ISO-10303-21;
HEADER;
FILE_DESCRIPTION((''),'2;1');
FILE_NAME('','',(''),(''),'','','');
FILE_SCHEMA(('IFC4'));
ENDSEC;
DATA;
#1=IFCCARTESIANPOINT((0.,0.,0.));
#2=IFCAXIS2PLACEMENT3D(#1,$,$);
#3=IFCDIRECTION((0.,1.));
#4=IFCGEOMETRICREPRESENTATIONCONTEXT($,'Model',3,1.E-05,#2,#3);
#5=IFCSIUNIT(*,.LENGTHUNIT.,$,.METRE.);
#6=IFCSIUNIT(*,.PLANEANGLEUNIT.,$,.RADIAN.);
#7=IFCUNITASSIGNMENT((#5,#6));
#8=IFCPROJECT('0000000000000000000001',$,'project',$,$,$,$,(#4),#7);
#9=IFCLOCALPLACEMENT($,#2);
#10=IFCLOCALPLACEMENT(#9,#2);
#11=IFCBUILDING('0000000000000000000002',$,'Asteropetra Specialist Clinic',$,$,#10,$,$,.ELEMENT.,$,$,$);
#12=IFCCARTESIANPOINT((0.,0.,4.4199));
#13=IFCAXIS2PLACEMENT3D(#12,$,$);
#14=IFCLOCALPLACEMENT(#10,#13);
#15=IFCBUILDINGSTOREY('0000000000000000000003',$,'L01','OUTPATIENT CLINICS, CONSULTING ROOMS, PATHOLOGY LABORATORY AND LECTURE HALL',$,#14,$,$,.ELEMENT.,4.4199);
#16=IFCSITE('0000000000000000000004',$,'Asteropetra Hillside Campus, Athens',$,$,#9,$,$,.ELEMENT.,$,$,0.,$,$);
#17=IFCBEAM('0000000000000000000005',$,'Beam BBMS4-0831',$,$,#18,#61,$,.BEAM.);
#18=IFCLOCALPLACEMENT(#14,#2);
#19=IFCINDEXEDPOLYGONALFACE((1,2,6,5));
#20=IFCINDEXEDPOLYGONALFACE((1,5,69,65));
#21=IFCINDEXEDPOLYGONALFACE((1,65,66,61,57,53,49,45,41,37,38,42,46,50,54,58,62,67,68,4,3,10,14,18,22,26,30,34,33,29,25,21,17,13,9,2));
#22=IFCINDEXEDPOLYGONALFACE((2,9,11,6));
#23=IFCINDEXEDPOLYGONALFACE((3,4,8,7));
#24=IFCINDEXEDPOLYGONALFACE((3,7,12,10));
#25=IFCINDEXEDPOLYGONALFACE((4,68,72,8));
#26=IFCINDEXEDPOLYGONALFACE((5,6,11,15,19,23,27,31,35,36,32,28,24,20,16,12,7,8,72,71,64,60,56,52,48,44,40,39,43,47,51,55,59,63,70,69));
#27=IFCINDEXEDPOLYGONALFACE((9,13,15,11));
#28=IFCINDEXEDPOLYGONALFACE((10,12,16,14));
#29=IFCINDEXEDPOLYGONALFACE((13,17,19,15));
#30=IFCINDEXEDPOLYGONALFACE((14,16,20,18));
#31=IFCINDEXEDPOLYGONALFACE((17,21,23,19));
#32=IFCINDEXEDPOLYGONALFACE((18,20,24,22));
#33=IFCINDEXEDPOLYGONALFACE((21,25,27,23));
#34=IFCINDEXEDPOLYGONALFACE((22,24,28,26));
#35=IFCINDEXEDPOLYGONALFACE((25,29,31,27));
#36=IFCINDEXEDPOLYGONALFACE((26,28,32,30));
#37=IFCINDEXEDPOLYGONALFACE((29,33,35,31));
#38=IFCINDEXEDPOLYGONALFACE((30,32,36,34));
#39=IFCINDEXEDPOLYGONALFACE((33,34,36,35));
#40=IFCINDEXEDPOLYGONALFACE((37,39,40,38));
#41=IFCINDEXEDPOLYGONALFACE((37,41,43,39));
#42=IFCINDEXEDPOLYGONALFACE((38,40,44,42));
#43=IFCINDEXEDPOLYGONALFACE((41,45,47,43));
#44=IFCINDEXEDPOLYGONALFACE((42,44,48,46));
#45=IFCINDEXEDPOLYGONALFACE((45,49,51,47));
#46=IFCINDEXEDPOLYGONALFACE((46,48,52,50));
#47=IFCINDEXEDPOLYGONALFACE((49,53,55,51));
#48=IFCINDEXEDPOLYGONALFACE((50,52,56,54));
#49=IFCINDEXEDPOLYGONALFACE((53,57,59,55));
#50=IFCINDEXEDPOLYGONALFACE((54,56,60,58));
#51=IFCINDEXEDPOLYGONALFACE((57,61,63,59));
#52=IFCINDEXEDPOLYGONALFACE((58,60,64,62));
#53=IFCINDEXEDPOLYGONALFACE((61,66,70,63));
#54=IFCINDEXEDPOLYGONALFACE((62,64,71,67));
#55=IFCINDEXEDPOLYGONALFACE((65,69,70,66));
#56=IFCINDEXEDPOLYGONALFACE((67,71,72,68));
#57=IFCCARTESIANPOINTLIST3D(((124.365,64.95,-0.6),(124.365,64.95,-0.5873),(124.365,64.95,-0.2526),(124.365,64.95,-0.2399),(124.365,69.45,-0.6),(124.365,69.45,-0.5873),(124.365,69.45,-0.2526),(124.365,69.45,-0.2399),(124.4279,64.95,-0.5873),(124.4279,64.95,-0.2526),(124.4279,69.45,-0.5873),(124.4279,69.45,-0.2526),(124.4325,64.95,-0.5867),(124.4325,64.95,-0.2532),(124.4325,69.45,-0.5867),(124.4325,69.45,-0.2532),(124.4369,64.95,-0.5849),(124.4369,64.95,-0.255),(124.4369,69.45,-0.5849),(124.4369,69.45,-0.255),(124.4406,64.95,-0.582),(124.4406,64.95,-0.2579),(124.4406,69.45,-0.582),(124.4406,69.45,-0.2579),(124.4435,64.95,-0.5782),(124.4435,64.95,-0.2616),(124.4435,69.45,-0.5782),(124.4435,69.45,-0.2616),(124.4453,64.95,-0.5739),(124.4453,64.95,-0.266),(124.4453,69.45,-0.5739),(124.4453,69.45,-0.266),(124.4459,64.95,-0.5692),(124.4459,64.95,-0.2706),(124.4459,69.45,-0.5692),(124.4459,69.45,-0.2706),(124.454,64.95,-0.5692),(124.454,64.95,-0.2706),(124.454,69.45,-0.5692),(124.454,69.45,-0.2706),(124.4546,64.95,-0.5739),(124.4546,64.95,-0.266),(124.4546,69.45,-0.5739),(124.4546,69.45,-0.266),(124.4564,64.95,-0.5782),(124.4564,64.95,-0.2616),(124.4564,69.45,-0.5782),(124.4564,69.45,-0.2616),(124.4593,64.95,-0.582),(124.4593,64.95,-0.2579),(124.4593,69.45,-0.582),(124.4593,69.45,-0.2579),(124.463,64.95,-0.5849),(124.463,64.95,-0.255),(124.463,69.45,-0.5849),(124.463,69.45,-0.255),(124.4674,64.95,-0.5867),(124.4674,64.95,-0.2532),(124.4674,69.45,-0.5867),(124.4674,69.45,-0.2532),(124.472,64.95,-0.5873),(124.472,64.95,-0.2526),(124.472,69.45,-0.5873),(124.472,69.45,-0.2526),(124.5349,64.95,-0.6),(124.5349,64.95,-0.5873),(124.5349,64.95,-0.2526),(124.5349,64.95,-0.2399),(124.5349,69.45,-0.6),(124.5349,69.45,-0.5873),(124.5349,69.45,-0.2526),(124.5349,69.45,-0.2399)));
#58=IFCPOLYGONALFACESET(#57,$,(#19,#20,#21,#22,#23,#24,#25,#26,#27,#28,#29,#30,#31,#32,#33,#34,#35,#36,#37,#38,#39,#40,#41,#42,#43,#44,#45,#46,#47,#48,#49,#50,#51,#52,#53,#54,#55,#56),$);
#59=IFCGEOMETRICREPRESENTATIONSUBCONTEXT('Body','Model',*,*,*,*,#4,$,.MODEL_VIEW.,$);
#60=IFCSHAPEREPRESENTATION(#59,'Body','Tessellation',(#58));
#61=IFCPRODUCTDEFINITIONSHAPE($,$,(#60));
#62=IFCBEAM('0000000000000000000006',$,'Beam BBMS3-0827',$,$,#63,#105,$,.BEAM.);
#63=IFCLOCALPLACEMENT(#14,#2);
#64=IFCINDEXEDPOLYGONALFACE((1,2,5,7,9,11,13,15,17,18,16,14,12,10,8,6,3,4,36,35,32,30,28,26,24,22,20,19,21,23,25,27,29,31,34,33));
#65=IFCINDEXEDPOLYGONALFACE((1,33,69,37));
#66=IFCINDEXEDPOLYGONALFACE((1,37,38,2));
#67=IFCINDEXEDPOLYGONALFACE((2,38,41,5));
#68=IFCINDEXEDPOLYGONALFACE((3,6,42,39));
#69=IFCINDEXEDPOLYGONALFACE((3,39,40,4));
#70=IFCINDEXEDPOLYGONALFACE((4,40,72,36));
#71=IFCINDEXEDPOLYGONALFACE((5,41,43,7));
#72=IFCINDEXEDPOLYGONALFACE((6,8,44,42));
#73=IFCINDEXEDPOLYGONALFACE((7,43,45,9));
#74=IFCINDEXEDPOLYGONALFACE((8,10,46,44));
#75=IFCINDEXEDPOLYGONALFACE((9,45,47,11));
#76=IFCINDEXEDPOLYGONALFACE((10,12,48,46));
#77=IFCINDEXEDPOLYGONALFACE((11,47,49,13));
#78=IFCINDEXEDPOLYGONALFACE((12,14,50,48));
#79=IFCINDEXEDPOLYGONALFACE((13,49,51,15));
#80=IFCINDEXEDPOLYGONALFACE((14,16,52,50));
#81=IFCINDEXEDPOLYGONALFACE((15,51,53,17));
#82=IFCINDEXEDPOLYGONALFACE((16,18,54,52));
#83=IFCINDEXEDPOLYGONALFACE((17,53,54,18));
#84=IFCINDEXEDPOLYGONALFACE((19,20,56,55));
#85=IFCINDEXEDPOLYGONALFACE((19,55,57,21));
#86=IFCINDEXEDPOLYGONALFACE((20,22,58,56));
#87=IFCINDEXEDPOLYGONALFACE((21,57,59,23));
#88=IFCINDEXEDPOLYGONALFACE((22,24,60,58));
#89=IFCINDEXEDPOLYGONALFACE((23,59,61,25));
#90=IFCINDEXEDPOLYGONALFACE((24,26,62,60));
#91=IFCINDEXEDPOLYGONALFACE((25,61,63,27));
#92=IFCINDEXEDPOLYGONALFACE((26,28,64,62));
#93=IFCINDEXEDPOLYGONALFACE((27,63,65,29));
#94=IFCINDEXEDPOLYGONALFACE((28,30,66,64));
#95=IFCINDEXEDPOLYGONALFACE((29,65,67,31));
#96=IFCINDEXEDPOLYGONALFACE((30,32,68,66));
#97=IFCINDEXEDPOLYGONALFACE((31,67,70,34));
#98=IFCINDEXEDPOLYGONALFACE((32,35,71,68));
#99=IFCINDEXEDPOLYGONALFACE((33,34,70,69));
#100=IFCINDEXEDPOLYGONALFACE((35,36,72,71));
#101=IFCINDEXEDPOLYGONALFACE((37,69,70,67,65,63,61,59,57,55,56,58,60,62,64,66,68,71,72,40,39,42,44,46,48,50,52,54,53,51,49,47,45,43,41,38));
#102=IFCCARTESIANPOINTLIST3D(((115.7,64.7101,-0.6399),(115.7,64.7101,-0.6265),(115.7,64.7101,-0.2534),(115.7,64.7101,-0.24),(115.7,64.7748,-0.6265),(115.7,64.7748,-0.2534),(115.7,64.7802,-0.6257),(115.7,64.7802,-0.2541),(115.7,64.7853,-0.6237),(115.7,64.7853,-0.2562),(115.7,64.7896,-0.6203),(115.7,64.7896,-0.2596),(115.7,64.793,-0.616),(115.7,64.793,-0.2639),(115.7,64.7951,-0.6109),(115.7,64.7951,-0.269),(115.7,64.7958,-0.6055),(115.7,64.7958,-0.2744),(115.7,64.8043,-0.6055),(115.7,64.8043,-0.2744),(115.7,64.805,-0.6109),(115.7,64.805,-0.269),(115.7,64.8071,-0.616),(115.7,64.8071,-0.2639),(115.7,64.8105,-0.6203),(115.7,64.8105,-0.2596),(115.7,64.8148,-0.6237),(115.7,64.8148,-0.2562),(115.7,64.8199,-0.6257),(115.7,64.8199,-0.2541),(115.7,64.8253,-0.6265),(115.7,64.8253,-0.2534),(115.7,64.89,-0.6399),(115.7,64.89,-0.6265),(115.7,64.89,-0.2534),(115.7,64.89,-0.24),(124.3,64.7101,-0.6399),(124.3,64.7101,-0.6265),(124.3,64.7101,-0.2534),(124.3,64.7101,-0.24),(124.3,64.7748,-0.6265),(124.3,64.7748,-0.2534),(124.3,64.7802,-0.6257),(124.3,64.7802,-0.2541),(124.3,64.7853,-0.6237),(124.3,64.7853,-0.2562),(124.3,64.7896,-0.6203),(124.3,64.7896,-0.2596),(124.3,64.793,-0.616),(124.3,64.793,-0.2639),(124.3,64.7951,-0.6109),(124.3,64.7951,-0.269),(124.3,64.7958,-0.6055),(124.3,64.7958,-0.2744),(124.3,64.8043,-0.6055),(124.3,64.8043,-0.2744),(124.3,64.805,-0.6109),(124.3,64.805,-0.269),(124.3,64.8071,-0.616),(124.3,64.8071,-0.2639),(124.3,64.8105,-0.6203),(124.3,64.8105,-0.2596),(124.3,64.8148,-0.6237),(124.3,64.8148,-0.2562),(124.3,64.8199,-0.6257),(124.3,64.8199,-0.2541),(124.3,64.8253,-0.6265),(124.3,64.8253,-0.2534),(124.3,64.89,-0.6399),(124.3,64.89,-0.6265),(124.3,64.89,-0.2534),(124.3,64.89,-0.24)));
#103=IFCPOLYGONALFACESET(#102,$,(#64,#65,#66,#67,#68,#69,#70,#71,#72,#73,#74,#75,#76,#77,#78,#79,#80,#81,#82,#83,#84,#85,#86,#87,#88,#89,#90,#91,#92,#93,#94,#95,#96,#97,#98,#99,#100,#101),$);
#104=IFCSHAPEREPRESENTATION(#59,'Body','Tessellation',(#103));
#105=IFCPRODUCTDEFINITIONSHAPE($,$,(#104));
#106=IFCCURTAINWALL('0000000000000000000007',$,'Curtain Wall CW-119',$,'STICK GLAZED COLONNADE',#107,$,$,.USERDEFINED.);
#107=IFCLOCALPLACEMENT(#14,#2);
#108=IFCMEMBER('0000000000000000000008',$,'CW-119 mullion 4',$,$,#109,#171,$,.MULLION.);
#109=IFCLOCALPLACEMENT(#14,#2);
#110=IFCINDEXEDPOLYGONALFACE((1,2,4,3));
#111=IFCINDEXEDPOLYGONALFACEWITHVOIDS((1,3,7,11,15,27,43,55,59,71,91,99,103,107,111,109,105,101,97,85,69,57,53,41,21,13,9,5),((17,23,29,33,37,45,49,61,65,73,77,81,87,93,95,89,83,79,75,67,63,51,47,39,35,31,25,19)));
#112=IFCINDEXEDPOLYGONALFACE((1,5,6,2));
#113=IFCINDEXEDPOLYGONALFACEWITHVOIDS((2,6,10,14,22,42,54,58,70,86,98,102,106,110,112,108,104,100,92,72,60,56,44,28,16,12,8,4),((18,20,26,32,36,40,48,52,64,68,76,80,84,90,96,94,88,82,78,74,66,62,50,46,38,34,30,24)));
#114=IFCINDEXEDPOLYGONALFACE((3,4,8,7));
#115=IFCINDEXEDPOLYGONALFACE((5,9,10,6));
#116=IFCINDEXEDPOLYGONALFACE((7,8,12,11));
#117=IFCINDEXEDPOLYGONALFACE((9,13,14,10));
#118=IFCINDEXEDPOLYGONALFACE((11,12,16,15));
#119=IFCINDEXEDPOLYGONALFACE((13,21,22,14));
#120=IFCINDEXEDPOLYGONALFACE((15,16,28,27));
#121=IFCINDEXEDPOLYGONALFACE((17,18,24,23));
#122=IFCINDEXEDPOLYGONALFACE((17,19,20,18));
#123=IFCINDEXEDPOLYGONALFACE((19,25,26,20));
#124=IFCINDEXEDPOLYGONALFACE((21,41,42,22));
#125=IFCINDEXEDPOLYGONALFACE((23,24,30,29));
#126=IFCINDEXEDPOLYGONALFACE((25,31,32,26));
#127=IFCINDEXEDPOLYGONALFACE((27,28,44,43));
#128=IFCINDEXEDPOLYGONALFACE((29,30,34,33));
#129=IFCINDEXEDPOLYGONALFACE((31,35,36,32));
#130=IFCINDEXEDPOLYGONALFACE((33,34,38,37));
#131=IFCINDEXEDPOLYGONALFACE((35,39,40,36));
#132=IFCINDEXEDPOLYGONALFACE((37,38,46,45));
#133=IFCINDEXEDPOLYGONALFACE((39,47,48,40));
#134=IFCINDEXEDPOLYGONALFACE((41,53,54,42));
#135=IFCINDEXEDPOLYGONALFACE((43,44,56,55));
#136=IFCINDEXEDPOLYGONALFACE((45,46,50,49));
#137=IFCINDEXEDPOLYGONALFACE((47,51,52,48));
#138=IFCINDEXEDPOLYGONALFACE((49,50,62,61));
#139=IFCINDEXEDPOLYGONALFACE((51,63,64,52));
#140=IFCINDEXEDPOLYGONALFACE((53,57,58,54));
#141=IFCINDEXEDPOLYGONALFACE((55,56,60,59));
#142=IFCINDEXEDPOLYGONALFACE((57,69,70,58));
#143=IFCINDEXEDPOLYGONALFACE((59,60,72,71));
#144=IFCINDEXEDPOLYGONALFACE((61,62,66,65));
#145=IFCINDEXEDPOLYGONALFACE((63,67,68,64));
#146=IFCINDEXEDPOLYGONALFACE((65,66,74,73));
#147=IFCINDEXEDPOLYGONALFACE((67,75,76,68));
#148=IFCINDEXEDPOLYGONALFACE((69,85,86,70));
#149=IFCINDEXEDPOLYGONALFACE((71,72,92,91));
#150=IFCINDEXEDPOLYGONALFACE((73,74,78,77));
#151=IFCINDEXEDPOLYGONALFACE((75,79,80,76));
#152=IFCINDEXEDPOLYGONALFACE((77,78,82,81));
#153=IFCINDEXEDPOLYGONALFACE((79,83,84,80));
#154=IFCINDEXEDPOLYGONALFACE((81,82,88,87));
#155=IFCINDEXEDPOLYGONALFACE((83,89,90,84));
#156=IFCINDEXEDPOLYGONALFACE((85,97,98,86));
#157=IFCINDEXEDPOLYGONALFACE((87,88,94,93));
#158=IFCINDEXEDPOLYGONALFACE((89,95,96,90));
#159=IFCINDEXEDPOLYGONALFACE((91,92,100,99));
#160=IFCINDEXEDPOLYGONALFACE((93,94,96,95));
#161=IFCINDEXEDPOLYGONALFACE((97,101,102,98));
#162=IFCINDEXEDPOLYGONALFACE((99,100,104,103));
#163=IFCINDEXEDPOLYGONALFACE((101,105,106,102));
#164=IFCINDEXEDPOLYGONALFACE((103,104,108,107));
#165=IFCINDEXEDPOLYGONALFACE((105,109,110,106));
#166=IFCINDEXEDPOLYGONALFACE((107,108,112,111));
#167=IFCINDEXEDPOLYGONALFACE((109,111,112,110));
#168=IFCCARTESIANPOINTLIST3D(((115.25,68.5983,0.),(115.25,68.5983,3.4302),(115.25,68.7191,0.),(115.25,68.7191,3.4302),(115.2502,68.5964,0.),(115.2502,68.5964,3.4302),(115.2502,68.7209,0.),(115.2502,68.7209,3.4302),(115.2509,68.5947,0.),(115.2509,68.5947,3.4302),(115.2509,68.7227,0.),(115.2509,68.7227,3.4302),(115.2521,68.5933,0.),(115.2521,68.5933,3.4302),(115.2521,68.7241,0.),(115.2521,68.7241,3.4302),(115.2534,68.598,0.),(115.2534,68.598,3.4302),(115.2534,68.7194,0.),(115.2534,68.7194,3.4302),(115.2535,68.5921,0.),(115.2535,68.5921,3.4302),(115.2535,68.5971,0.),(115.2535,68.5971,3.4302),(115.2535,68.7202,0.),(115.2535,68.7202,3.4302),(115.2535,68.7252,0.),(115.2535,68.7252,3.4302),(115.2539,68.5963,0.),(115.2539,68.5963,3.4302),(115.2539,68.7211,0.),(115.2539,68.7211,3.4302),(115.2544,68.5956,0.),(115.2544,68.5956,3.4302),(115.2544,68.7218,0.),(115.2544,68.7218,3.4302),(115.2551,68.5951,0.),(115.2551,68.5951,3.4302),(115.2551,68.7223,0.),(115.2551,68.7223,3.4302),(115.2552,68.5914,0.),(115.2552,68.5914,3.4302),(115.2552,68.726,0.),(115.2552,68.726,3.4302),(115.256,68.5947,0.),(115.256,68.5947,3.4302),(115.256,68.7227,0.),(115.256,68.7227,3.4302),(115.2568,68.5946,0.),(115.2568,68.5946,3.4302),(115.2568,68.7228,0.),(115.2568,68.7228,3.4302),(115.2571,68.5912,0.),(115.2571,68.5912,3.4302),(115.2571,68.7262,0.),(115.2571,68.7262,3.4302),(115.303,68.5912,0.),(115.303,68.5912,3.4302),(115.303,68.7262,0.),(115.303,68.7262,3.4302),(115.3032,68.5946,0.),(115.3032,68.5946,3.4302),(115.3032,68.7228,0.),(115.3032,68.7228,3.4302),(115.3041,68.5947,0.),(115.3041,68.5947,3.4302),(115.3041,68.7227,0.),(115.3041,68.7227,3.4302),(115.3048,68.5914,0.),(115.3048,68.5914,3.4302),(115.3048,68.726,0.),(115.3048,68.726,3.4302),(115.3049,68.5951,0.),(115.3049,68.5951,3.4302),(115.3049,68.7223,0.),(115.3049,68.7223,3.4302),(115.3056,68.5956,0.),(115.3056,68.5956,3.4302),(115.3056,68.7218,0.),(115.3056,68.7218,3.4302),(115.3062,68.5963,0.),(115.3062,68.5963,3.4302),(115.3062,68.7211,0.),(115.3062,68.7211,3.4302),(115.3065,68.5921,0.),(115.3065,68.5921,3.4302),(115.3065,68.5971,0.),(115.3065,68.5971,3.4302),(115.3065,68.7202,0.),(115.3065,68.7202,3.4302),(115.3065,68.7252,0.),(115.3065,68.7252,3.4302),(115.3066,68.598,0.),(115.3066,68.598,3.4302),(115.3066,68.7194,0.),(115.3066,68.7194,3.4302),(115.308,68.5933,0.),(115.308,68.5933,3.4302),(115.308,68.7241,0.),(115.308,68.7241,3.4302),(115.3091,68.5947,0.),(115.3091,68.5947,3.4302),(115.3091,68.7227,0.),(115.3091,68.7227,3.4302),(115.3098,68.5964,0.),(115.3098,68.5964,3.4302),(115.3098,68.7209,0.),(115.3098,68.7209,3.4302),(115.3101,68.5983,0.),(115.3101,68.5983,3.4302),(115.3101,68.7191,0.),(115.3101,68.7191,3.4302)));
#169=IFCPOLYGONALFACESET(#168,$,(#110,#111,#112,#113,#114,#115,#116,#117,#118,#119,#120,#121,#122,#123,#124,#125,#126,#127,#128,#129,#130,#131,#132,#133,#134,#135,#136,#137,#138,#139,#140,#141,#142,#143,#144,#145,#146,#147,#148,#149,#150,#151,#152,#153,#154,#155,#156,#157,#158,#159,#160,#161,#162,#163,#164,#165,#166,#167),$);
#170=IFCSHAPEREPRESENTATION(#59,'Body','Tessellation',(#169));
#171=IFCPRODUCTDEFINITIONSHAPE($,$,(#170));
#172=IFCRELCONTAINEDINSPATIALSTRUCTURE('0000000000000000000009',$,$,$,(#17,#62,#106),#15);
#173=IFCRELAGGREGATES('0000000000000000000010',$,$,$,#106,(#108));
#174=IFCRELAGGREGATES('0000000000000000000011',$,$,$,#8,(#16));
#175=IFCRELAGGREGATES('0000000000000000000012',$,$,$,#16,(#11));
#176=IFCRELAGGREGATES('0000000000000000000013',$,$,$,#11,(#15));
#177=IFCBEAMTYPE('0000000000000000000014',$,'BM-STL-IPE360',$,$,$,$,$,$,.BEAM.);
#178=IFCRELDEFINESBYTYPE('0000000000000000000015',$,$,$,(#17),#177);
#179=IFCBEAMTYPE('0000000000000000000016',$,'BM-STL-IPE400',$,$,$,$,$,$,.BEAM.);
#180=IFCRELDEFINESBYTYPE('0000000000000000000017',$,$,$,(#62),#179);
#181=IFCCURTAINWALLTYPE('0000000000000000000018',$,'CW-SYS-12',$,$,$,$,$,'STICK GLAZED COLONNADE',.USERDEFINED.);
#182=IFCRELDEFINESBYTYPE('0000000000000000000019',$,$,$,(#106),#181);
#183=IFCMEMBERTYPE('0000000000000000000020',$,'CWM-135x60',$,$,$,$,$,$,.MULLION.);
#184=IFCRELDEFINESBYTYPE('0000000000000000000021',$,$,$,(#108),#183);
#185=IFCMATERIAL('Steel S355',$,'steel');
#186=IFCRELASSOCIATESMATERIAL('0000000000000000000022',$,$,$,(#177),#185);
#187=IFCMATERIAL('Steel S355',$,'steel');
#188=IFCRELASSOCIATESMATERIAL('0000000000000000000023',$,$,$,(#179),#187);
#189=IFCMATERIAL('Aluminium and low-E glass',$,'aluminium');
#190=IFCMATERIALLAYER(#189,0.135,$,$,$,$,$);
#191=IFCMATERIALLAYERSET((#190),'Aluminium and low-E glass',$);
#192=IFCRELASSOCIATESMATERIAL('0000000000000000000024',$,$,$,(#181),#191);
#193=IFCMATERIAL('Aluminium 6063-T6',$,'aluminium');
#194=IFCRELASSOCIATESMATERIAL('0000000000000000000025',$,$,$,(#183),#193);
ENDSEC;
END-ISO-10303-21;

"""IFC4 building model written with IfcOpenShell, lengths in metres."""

from ifc_helpers import new_model, si_unit, direction, frame, origin, origin_2d, place, context, subcontext, project, spatial, hollow_rectangle, i_section, extrude, material, layer, layer_set, material_profile, profile_set, type_object, element, aggregate, save


model = new_model("IFC4")

# Units and contexts
model_context = context("Model", 3, precision=1e-05, world=origin(), true_north=direction((0.0, 1.0)))
body_context = subcontext(model_context, "Body", "Model", "MODEL_VIEW")
ifc_project = project(units=[si_unit("LENGTHUNIT", "METRE"), si_unit("PLANEANGLEUNIT", "RADIAN")], contexts=[model_context])

# Site, building, storey
site_placement = place(None, origin())
site = spatial("IfcSite", under=ifc_project, at=site_placement, Name="Asteropetra Hillside Campus, Athens", CompositionType="ELEMENT", RefElevation=0.0)
building_placement = place(site_placement, origin())
building = spatial("IfcBuilding", under=site, at=building_placement, Name="Asteropetra Specialist Clinic", CompositionType="ELEMENT")
storey_placement = place(building_placement, frame((0.0, 0.0, 4.4199)))
storey = spatial("IfcBuildingStorey", under=building, at=storey_placement, Name="L01", Description="OUTPATIENT CLINICS, CONSULTING ROOMS, PATHOLOGY LABORATORY AND LECTURE HALL", CompositionType="ELEMENT", Elevation=4.4199)

# Beams
ifc_material_1 = material(Name="Steel S355", Category="steel")
ifc_material_profile_1 = material_profile(ifc_material_1, i_section(OverallWidth=0.1699, OverallDepth=0.3601, WebThickness=0.0081, FlangeThickness=0.0127, FilletRadius=0.0181, at=origin_2d()), Name="IPE 360")
ifc_profile_set_1 = profile_set([ifc_material_profile_1], Name="Steel S355")
beam_type_1 = type_object("IfcBeamType", Name="BM-STL-IPE360", PredefinedType="BEAM", material=ifc_profile_set_1)
for number, where, z_axis, x_axis, name in (
    (1, (124.45, 64.95, -0.4199), (0.0, 1.0, 0.0), (-1.0, 0.0, 0.0), "Beam BBMS4-0831"),
):
    element("IfcBeam", number, at=place(storey_placement, frame(where, z_axis=z_axis, x_axis=x_axis)), inside=storey, type_object=beam_type_1, Name=name, PredefinedType="BEAM", context=body_context, shape_type="SweptSolid", body=[
        extrude(i_section(OverallWidth=0.1699, OverallDepth=0.3601, WebThickness=0.0081, FlangeThickness=0.0127, FilletRadius=0.0181, at=origin_2d()), origin(), (0.0, 0.0, 1.0), 4.5),
    ])
ifc_material_2 = material(Name="Steel S355", Category="steel")
ifc_material_profile_2 = material_profile(ifc_material_2, i_section(OverallWidth=0.1799, OverallDepth=0.3999, WebThickness=0.0085, FlangeThickness=0.0134, FilletRadius=0.021, at=origin_2d()), Name="IPE 400")
ifc_profile_set_2 = profile_set([ifc_material_profile_2], Name="Steel S355")
beam_type_2 = type_object("IfcBeamType", Name="BM-STL-IPE400", PredefinedType="BEAM", material=ifc_profile_set_2)
beam_1_placement = place(storey_placement, frame((115.7, 64.8, -0.4399), z_axis=(1.0, 0.0, 0.0), x_axis=(0.0, 1.0, 0.0)))
element("IfcBeam", 2, at=beam_1_placement, inside=storey, type_object=beam_type_2, Name="Beam BBMS3-0827", PredefinedType="BEAM", context=body_context, shape_type="SweptSolid", body=[
    extrude(i_section(OverallWidth=0.1799, OverallDepth=0.3999, WebThickness=0.0085, FlangeThickness=0.0134, FilletRadius=0.021, at=origin_2d()), origin(), (0.0, 0.0, 1.0), 8.6001),
])

# Curtain wall, member
ifc_material_3 = material(Name="Aluminium and low-E glass", Category="aluminium")
ifc_layer_1 = layer(ifc_material_3, 0.135)
ifc_layer_set_1 = layer_set([ifc_layer_1], Name="Aluminium and low-E glass")
curtain_wall_type = type_object("IfcCurtainWallType", Name="CW-SYS-12", ElementType="STICK GLAZED COLONNADE", PredefinedType="USERDEFINED", material=ifc_layer_set_1)
curtain_wall_placement = place(storey_placement, origin())
curtain_wall = element("IfcCurtainWall", 3, at=curtain_wall_placement, inside=storey, type_object=curtain_wall_type, Name="Curtain Wall CW-119", ObjectType="STICK GLAZED COLONNADE", PredefinedType="USERDEFINED")
ifc_material_4 = material(Name="Aluminium 6063-T6", Category="aluminium")
ifc_material_profile_3 = material_profile(ifc_material_4, hollow_rectangle(XDim=0.0601, YDim=0.135, WallThickness=0.0034, InnerFilletRadius=0.0034, OuterFilletRadius=0.0071, at=origin_2d()), Name="MUL 135x60x3.5")
ifc_profile_set_3 = profile_set([ifc_material_profile_3], Name="Aluminium 6063-T6")
member_type_1 = type_object("IfcMemberType", Name="CWM-135x60", PredefinedType="MULLION", material=ifc_profile_set_3)
member_1_placement = place(storey_placement, frame((115.28, 68.6587, 0.0), z_axis=(0.0, 0.0, 1.0), x_axis=(-1.0, 0.0, 0.0)))
member_1 = element("IfcMember", 4, at=member_1_placement, type_object=member_type_1, Name="CW-119 mullion 4", PredefinedType="MULLION", context=body_context, shape_type="SweptSolid", body=[
    extrude(hollow_rectangle(XDim=0.0601, YDim=0.135, WallThickness=0.0034, InnerFilletRadius=0.0034, OuterFilletRadius=0.0071, at=origin_2d()), origin(), (0.0, 0.0, 1.0), 3.4302),
])

aggregate(curtain_wall, [member_1])

save(model, "model.ifc")
